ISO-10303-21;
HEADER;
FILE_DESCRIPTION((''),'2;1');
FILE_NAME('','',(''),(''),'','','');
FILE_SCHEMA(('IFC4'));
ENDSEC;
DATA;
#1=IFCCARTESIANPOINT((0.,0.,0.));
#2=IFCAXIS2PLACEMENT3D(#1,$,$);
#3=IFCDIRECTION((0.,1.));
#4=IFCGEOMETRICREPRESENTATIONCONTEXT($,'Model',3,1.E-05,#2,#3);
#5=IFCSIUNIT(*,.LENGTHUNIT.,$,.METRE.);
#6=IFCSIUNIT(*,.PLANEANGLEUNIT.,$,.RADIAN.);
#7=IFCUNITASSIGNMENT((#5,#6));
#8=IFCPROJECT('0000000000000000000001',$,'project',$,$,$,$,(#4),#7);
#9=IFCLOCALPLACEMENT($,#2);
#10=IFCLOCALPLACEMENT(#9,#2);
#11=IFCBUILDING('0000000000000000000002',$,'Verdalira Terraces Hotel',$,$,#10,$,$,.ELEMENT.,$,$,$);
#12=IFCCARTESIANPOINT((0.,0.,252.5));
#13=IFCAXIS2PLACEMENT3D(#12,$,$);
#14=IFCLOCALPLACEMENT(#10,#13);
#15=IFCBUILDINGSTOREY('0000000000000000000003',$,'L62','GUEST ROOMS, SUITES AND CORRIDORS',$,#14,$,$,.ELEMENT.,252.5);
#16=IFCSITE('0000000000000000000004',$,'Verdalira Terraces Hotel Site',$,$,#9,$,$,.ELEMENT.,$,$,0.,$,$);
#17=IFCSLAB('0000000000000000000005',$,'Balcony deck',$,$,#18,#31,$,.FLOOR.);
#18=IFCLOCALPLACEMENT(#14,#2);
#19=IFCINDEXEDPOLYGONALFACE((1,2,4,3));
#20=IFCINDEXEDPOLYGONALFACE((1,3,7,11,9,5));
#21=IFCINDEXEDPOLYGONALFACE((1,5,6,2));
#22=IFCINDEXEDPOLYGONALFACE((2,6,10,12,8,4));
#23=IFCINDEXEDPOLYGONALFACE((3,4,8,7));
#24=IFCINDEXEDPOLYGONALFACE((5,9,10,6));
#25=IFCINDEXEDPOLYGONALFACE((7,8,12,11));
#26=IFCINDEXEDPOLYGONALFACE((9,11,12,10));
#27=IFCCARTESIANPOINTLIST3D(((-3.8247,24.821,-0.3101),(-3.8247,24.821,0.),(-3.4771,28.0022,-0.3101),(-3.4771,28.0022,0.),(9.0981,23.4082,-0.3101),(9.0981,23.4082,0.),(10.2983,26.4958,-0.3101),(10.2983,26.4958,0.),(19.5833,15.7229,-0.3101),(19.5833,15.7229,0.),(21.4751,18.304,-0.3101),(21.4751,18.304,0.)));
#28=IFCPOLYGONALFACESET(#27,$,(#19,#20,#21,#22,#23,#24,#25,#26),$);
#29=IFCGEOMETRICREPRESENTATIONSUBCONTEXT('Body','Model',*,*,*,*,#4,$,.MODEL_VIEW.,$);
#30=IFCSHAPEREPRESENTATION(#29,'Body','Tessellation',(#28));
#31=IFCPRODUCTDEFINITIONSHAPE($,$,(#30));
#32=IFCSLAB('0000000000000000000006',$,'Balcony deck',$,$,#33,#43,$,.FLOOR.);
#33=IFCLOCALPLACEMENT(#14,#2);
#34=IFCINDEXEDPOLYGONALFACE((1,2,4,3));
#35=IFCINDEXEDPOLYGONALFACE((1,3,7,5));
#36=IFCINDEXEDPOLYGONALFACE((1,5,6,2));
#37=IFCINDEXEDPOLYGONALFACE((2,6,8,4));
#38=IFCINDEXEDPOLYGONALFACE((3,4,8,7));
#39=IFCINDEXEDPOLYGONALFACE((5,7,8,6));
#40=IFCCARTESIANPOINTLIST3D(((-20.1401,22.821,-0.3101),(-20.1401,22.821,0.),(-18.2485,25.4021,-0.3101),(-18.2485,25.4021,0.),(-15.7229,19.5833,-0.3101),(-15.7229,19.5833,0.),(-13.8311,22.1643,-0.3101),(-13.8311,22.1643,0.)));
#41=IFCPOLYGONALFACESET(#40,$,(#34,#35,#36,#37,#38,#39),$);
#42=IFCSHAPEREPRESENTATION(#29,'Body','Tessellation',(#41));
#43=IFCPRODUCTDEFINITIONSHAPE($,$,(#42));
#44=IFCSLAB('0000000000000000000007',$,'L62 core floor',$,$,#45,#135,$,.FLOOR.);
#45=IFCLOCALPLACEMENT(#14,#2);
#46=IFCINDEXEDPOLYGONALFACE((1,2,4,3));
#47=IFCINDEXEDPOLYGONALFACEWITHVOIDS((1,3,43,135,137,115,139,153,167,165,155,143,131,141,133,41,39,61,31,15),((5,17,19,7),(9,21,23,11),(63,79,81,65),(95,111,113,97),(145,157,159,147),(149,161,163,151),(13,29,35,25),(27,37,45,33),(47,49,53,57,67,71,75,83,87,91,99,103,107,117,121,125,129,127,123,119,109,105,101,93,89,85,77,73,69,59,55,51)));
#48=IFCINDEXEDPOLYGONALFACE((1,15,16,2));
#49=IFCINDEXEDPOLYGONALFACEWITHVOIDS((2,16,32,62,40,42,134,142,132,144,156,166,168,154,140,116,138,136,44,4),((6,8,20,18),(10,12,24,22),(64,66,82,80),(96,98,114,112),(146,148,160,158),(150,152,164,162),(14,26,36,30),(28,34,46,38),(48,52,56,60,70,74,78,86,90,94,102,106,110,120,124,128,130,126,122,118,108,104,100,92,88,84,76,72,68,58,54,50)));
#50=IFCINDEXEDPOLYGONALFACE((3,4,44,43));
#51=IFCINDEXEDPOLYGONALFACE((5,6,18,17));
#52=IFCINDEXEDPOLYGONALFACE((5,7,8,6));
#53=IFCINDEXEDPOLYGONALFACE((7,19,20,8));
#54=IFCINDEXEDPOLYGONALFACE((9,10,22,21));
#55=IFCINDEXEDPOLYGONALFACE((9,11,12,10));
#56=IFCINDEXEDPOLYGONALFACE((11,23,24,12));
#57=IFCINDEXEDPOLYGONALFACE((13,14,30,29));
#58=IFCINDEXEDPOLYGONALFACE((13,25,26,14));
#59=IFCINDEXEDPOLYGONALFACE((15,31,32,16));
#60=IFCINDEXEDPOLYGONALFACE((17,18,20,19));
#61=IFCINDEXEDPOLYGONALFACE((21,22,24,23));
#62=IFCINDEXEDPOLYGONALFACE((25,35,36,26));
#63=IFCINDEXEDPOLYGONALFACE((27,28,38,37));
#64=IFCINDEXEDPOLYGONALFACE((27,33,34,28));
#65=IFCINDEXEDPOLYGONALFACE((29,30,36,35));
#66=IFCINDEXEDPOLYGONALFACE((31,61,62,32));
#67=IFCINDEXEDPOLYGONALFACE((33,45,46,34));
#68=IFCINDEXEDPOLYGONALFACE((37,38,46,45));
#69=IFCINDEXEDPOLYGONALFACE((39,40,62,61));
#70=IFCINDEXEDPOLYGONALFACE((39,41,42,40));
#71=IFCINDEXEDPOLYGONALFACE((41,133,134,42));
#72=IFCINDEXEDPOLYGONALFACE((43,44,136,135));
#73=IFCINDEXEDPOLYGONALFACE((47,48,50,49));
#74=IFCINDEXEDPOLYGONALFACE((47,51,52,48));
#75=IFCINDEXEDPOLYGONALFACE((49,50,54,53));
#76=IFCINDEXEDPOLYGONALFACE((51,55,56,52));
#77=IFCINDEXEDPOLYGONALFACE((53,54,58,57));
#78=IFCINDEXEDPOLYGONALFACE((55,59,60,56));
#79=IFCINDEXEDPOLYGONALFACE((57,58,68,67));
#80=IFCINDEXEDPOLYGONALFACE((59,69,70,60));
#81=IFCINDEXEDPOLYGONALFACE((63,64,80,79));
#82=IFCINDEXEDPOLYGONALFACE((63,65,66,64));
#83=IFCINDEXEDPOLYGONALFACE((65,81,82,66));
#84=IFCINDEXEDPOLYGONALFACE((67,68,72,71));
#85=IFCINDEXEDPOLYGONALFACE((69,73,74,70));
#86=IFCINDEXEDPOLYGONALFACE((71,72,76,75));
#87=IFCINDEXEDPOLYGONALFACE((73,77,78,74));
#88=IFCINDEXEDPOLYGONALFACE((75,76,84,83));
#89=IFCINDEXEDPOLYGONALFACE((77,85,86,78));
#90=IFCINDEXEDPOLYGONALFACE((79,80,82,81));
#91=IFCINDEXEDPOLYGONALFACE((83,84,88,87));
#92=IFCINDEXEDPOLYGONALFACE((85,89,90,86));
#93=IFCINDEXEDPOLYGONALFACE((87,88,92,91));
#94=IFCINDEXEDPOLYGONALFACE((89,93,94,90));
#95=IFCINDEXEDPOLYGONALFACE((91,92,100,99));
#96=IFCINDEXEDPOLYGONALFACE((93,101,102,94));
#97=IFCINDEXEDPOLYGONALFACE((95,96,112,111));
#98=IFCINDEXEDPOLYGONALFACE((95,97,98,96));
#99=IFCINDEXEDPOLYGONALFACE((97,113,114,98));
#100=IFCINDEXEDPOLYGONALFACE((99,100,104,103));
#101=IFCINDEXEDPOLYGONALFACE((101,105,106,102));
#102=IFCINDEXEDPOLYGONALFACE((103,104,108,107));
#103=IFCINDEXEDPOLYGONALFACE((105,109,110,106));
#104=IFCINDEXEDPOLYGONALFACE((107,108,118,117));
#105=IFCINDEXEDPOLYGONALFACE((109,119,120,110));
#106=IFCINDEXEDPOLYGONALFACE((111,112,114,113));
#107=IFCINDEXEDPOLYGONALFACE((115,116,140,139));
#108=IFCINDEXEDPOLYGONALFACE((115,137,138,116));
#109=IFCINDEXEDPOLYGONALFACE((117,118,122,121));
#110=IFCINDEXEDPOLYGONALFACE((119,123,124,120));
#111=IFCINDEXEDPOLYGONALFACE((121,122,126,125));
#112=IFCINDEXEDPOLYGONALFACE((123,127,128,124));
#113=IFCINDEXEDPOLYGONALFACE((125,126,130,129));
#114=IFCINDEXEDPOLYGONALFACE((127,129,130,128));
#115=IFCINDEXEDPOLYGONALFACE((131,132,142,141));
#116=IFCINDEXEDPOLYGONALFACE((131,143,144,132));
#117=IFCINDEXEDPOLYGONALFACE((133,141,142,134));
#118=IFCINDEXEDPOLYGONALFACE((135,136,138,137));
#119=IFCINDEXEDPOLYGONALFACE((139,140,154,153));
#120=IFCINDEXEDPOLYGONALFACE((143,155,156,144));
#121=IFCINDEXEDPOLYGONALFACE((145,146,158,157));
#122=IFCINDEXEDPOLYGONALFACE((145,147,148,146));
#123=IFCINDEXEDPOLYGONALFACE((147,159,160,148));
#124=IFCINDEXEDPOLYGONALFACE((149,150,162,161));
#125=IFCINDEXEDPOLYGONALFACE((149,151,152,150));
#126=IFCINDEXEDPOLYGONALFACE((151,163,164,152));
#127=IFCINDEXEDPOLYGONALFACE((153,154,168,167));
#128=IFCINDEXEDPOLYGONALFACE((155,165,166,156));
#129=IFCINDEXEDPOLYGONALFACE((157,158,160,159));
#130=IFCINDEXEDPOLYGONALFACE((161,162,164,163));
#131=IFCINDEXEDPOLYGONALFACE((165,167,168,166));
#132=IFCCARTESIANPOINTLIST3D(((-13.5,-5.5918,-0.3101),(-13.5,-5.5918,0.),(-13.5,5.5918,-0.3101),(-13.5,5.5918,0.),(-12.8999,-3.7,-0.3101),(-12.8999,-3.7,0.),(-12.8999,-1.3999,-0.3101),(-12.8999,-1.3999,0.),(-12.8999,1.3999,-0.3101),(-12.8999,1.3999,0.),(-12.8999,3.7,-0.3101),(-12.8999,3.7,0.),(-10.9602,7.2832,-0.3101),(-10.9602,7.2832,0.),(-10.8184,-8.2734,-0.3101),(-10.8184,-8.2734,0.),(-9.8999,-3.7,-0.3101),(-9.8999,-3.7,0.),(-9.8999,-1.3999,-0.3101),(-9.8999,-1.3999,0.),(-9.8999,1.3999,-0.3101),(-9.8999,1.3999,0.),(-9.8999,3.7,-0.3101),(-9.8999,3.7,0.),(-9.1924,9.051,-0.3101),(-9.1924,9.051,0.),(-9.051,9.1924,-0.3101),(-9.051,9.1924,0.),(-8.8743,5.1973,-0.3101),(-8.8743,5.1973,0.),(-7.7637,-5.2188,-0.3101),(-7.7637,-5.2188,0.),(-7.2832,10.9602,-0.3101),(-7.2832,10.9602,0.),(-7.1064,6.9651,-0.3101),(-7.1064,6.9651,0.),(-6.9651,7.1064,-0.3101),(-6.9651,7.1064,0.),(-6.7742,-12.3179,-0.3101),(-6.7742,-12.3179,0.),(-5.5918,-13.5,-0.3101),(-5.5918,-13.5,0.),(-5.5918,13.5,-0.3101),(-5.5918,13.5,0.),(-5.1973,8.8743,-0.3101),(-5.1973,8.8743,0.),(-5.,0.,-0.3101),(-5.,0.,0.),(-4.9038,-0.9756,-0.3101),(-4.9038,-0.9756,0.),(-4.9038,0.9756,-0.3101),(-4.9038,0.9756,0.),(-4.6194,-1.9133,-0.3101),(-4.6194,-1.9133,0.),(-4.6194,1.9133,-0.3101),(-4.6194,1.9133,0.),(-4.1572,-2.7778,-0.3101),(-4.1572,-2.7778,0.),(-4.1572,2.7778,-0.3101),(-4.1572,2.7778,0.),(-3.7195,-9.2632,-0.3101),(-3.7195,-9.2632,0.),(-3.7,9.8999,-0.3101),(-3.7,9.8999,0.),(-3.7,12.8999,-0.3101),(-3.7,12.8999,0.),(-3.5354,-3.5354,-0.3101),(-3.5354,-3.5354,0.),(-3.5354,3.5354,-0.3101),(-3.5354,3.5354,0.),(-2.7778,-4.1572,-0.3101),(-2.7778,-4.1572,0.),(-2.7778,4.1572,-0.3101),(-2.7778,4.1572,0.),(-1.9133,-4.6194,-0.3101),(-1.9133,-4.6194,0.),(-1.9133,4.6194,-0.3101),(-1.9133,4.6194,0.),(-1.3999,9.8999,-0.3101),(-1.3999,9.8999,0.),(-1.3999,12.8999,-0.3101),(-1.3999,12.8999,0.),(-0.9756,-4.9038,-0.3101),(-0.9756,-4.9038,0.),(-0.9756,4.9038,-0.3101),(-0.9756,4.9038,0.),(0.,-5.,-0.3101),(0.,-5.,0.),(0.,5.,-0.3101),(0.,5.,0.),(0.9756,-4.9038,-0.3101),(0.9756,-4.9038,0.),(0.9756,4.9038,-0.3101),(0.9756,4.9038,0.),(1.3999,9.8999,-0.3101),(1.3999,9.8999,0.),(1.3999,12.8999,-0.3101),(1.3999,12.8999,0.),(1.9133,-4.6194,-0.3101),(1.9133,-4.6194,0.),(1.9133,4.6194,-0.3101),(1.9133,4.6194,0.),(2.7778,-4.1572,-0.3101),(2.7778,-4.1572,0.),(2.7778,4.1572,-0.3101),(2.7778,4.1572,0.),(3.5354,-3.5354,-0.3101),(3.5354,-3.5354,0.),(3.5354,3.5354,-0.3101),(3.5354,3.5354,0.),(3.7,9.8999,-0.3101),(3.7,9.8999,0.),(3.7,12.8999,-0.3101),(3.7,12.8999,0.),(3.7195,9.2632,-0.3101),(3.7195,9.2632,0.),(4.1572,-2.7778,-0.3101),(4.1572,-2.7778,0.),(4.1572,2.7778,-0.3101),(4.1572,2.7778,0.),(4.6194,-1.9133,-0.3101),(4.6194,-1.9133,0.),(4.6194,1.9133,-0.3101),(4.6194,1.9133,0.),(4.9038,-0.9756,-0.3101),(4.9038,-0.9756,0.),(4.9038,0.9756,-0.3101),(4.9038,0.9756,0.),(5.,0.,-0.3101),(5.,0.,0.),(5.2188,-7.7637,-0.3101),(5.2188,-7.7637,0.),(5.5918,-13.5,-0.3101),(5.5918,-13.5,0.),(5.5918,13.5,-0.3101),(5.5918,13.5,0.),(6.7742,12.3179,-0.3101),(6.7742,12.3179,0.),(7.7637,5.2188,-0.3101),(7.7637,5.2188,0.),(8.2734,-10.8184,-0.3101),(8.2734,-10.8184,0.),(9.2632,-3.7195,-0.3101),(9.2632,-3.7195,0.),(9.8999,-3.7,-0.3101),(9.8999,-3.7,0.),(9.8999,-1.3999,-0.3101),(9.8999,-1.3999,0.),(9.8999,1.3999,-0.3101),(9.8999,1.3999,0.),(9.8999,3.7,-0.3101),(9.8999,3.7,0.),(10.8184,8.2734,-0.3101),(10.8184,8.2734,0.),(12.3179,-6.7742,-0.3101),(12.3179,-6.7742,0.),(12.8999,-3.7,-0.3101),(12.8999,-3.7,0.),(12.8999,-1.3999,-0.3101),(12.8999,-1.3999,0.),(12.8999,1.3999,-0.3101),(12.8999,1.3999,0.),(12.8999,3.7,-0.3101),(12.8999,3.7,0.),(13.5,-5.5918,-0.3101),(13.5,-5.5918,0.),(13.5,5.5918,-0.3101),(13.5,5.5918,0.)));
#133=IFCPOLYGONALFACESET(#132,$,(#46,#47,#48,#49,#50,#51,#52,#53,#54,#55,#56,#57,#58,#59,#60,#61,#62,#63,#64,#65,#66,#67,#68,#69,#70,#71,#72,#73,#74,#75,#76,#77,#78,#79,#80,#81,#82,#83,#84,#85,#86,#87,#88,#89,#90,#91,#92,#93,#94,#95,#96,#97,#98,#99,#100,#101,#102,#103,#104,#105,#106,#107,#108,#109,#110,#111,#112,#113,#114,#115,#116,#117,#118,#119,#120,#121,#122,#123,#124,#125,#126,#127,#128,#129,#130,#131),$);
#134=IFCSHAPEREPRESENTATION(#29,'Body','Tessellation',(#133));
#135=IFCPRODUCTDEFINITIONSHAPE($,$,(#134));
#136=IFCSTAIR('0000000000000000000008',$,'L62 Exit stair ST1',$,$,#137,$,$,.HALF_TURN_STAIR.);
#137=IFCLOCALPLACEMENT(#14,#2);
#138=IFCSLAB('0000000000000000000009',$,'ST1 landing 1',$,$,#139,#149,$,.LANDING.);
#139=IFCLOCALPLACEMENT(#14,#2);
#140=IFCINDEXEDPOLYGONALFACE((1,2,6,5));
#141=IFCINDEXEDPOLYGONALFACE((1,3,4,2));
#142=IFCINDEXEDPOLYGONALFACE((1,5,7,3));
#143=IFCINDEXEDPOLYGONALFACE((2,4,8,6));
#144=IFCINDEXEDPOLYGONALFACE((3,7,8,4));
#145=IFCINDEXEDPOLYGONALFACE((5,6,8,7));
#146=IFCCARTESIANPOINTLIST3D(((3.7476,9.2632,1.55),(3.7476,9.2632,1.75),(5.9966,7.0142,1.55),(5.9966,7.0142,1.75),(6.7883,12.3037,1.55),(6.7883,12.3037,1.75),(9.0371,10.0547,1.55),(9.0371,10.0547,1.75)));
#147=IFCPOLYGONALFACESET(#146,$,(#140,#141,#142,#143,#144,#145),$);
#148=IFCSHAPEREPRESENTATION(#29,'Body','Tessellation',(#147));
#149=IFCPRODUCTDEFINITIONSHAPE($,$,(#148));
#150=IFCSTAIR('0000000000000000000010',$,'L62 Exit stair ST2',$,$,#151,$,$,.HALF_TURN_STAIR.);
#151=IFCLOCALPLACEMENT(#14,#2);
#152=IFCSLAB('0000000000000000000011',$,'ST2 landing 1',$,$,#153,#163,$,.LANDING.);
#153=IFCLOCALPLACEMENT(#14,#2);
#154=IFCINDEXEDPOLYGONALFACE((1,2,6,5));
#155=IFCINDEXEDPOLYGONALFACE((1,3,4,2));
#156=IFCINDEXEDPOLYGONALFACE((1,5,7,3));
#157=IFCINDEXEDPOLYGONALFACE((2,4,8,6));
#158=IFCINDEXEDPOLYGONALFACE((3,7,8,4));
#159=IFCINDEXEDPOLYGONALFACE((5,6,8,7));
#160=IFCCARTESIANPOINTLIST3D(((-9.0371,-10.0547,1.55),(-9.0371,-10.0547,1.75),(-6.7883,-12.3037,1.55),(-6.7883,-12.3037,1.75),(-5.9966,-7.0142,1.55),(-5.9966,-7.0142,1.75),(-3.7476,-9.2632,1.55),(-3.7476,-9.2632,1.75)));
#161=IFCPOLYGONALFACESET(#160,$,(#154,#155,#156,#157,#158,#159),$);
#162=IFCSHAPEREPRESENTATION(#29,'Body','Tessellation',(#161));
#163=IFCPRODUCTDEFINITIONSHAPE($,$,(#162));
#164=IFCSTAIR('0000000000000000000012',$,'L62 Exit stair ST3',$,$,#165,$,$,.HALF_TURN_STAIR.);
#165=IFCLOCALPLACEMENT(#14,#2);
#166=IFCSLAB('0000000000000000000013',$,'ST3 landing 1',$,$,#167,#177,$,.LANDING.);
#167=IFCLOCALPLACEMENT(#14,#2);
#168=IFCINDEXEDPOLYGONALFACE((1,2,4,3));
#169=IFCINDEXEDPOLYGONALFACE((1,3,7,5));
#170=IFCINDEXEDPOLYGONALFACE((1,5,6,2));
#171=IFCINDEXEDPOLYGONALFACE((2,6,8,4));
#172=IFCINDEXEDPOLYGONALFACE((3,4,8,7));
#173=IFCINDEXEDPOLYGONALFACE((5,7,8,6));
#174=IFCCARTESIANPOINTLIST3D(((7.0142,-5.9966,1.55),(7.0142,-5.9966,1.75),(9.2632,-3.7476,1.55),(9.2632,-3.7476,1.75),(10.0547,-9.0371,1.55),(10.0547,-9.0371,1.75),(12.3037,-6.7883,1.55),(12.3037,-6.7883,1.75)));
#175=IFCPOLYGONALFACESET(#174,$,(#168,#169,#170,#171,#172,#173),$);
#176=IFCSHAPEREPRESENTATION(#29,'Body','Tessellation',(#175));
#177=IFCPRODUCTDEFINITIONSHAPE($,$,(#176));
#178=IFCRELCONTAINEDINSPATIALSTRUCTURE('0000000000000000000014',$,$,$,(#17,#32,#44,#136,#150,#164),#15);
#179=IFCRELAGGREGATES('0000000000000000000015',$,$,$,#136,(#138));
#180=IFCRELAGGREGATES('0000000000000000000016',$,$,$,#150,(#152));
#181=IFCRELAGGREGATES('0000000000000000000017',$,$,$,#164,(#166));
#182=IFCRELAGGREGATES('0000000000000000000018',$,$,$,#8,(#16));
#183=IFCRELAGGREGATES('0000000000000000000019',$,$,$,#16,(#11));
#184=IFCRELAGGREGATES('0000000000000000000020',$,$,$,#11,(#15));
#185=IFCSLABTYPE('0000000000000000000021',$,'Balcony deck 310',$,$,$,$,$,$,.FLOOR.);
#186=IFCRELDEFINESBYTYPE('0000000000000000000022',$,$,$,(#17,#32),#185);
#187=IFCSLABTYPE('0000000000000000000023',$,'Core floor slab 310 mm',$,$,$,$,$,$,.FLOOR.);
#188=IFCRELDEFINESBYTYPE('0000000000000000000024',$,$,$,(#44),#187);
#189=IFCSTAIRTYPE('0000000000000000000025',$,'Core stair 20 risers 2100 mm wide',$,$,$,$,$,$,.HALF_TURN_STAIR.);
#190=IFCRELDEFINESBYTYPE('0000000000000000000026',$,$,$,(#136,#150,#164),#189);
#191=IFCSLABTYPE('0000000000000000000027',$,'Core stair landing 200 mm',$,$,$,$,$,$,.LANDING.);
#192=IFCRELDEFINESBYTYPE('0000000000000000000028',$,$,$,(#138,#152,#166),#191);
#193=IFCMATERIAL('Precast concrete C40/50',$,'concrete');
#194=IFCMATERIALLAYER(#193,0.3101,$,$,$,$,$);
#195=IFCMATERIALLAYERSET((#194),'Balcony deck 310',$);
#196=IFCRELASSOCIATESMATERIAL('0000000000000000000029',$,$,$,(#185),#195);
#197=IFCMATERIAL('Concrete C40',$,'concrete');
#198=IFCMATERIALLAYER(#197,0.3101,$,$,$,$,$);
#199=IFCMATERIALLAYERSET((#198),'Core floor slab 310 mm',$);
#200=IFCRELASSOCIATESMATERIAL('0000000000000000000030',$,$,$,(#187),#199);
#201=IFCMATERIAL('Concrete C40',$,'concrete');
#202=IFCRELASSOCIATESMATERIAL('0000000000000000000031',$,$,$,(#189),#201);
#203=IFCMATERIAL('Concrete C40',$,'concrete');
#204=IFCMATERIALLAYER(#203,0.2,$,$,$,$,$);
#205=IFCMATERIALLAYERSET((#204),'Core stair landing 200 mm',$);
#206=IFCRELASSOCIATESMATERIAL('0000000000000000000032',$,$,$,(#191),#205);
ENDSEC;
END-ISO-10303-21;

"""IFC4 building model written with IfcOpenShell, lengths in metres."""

from ifc_helpers import new_model, si_unit, direction, frame, origin, place, context, subcontext, project, spatial, polyline, outline, extrude, material, layer, layer_set, type_object, element, aggregate, save


model = new_model("IFC4")

# Units and contexts
model_context = context("Model", 3, precision=1e-05, world=origin(), true_north=direction((0.0, 1.0)))
body_context = subcontext(model_context, "Body", "Model", "MODEL_VIEW")
ifc_project = project(units=[si_unit("LENGTHUNIT", "METRE"), si_unit("PLANEANGLEUNIT", "RADIAN")], contexts=[model_context])

# Site, building, storey
site_placement = place(None, origin())
site = spatial("IfcSite", under=ifc_project, at=site_placement, Name="Verdalira Terraces Hotel Site", CompositionType="ELEMENT", RefElevation=0.0)
building_placement = place(site_placement, origin())
building = spatial("IfcBuilding", under=site, at=building_placement, Name="Verdalira Terraces Hotel", CompositionType="ELEMENT")
storey_placement = place(building_placement, frame((0.0, 0.0, 252.5)))
storey = spatial("IfcBuildingStorey", under=building, at=storey_placement, Name="L62", Description="GUEST ROOMS, SUITES AND CORRIDORS", CompositionType="ELEMENT", Elevation=252.5)

# Slabs
ifc_material_1 = material(Name="Precast concrete C40/50", Category="concrete")
ifc_layer_1 = layer(ifc_material_1, 0.3101)
ifc_layer_set_1 = layer_set([ifc_layer_1], Name="Balcony deck 310")
slab_type_1 = type_object("IfcSlabType", Name="Balcony deck 310", PredefinedType="FLOOR", material=ifc_layer_set_1)
slab_1_placement = place(storey_placement, frame((0.0, 0.0, -0.3101)))
element("IfcSlab", 1, at=slab_1_placement, inside=storey, type_object=slab_type_1, Name="Balcony deck", PredefinedType="FLOOR", context=body_context, shape_type="SweptSolid", body=[
    extrude(outline(polyline([(-3.4771, 28.0022), (-3.8247, 24.821), (9.0981, 23.4082), (19.5833, 15.7229), (21.4751, 18.304), (10.2983, 26.4959), (-3.4771, 28.0022)])), origin(), (0.0, 0.0, 1.0), 0.3101),
])
slab_2_placement = place(storey_placement, frame((0.0, 0.0, -0.3101)))
element("IfcSlab", 2, at=slab_2_placement, inside=storey, type_object=slab_type_1, Name="Balcony deck", PredefinedType="FLOOR", context=body_context, shape_type="SweptSolid", body=[
    extrude(outline(polyline([(-18.2485, 25.4021), (-20.1401, 22.821), (-15.7229, 19.5833), (-13.8311, 22.1643), (-18.2485, 25.4021)])), origin(), (0.0, 0.0, 1.0), 0.3101),
])
ifc_material_2 = material(Name="Concrete C40", Category="concrete")
ifc_layer_2 = layer(ifc_material_2, 0.3101)
ifc_layer_set_2 = layer_set([ifc_layer_2], Name="Core floor slab 310 mm")
slab_type_2 = type_object("IfcSlabType", Name="Core floor slab 310 mm", PredefinedType="FLOOR", material=ifc_layer_set_2)
slab_3_placement = place(storey_placement, frame((0.0, 0.0, -0.3101)))
element("IfcSlab", 3, at=slab_3_placement, inside=storey, type_object=slab_type_2, Name="L62 core floor", PredefinedType="FLOOR", context=body_context, shape_type="SweptSolid", body=[
    extrude(outline(polyline([(-6.7742, -12.3179), (-3.7195, -9.2632), (-7.7637, -5.2188), (-10.8184, -8.2734), (-13.5, -5.5918), (-13.5, 5.5918), (-5.5918, 13.5), (5.5918, 13.5), (6.7742, 12.3179), (3.7195, 9.2632), (7.7637, 5.2188), (10.8184, 8.2734), (13.5, 5.5918), (13.5, -5.5918), (12.3179, -6.7742), (9.2632, -3.7195), (5.2188, -7.7637), (8.2734, -10.8184), (5.5918, -13.5), (-5.5918, -13.5), (-6.7742, -12.3179)]), holes=[polyline([(9.8999, -1.3999), (9.8999, -3.7), (12.8999, -3.7), (12.8999, -1.3999), (9.8999, -1.3999)]), polyline([(9.8999, 3.7), (9.8999, 1.3999), (12.8999, 1.3999), (12.8999, 3.7), (9.8999, 3.7)]), polyline([(3.7, 12.8999), (1.3999, 12.8999), (1.3999, 9.8999), (3.7, 9.8999), (3.7, 12.8999)]), polyline([(-1.3999, 12.8999), (-3.7, 12.8999), (-3.7, 9.8999), (-1.3999, 9.8999), (-1.3999, 12.8999)]), polyline([(-9.8999, 1.3999), (-9.8999, 3.7), (-12.8999, 3.7), (-12.8999, 1.3999), (-9.8999, 1.3999)]), polyline([(-9.8999, -3.7), (-9.8999, -1.3999), (-12.8999, -1.3999), (-12.8999, -3.7), (-9.8999, -3.7)]), polyline([(-9.051, 9.1924), (-6.9651, 7.1064), (-5.1973, 8.8743), (-7.2832, 10.9602), (-9.051, 9.1924)]), polyline([(-9.1924, 9.051), (-10.9602, 7.2832), (-8.8743, 5.1973), (-7.1064, 6.9651), (-9.1924, 9.051)]), polyline([(3.5354, 3.5354), (2.7778, 4.1572), (1.9133, 4.6194), (0.9756, 4.9038), (0.0, 5.0), (-0.9756, 4.9038), (-1.9133, 4.6194), (-2.7778, 4.1572), (-3.5354, 3.5354), (-4.1572, 2.7778), (-4.6194, 1.9133), (-4.9038, 0.9756), (-5.0, 0.0), (-4.9038, -0.9756), (-4.6194, -1.9133), (-4.1572, -2.7778), (-3.5354, -3.5354), (-2.7778, -4.1572), (-1.9133, -4.6194), (-0.9756, -4.9038), (0.0, -5.0), (0.9756, -4.9038), (1.9133, -4.6194), (2.7778, -4.1572), (3.5354, -3.5354), (4.1572, -2.7778), (4.6194, -1.9133), (4.9038, -0.9756), (5.0, 0.0), (4.9038, 0.9756), (4.6194, 1.9133), (4.1572, 2.7778), (3.5354, 3.5354)])]), origin(), (0.0, 0.0, 1.0), 0.3101),
])

# Stairs, slabs
ifc_material_3 = material(Name="Concrete C40", Category="concrete")
stair_type = type_object("IfcStairType", Name="Core stair 20 risers 2100 mm wide", PredefinedType="HALF_TURN_STAIR", material=ifc_material_3)
stair_1_placement = place(storey_placement, origin())
stair_1 = element("IfcStair", 4, at=stair_1_placement, inside=storey, type_object=stair_type, Name="L62 Exit stair ST1", PredefinedType="HALF_TURN_STAIR")
ifc_material_4 = material(Name="Concrete C40", Category="concrete")
ifc_layer_3 = layer(ifc_material_4, 0.2)
ifc_layer_set_3 = layer_set([ifc_layer_3], Name="Core stair landing 200 mm")
slab_type_3 = type_object("IfcSlabType", Name="Core stair landing 200 mm", PredefinedType="LANDING", material=ifc_layer_set_3)
slab_4_placement = place(storey_placement, frame((0.0, 0.0, 1.55)))
slab_4 = element("IfcSlab", 5, at=slab_4_placement, type_object=slab_type_3, Name="ST1 landing 1", PredefinedType="LANDING", context=body_context, shape_type="SweptSolid", body=[
    extrude(outline(polyline([(9.0371, 10.0547), (6.7883, 12.3037), (3.7476, 9.2632), (5.9966, 7.0142), (9.0371, 10.0547)])), origin(), (0.0, 0.0, 1.0), 0.2),
])
aggregate(stair_1, [slab_4])
stair_2_placement = place(storey_placement, origin())
stair_2 = element("IfcStair", 6, at=stair_2_placement, inside=storey, type_object=stair_type, Name="L62 Exit stair ST2", PredefinedType="HALF_TURN_STAIR")
slab_5_placement = place(storey_placement, frame((0.0, 0.0, 1.55)))
slab_5 = element("IfcSlab", 7, at=slab_5_placement, type_object=slab_type_3, Name="ST2 landing 1", PredefinedType="LANDING", context=body_context, shape_type="SweptSolid", body=[
    extrude(outline(polyline([(-9.0371, -10.0547), (-6.7883, -12.3037), (-3.7476, -9.2632), (-5.9966, -7.0142), (-9.0371, -10.0547)])), origin(), (0.0, 0.0, 1.0), 0.2),
])
aggregate(stair_2, [slab_5])
stair_3_placement = place(storey_placement, origin())
stair_3 = element("IfcStair", 8, at=stair_3_placement, inside=storey, type_object=stair_type, Name="L62 Exit stair ST3", PredefinedType="HALF_TURN_STAIR")
slab_6_placement = place(storey_placement, frame((0.0, 0.0, 1.55)))
slab_6 = element("IfcSlab", 9, at=slab_6_placement, type_object=slab_type_3, Name="ST3 landing 1", PredefinedType="LANDING", context=body_context, shape_type="SweptSolid", body=[
    extrude(outline(polyline([(10.0547, -9.0371), (12.3037, -6.7883), (9.2632, -3.7476), (7.0142, -5.9966), (10.0547, -9.0371)])), origin(), (0.0, 0.0, 1.0), 0.2),
])
aggregate(stair_3, [slab_6])

save(model, "model.ifc")
